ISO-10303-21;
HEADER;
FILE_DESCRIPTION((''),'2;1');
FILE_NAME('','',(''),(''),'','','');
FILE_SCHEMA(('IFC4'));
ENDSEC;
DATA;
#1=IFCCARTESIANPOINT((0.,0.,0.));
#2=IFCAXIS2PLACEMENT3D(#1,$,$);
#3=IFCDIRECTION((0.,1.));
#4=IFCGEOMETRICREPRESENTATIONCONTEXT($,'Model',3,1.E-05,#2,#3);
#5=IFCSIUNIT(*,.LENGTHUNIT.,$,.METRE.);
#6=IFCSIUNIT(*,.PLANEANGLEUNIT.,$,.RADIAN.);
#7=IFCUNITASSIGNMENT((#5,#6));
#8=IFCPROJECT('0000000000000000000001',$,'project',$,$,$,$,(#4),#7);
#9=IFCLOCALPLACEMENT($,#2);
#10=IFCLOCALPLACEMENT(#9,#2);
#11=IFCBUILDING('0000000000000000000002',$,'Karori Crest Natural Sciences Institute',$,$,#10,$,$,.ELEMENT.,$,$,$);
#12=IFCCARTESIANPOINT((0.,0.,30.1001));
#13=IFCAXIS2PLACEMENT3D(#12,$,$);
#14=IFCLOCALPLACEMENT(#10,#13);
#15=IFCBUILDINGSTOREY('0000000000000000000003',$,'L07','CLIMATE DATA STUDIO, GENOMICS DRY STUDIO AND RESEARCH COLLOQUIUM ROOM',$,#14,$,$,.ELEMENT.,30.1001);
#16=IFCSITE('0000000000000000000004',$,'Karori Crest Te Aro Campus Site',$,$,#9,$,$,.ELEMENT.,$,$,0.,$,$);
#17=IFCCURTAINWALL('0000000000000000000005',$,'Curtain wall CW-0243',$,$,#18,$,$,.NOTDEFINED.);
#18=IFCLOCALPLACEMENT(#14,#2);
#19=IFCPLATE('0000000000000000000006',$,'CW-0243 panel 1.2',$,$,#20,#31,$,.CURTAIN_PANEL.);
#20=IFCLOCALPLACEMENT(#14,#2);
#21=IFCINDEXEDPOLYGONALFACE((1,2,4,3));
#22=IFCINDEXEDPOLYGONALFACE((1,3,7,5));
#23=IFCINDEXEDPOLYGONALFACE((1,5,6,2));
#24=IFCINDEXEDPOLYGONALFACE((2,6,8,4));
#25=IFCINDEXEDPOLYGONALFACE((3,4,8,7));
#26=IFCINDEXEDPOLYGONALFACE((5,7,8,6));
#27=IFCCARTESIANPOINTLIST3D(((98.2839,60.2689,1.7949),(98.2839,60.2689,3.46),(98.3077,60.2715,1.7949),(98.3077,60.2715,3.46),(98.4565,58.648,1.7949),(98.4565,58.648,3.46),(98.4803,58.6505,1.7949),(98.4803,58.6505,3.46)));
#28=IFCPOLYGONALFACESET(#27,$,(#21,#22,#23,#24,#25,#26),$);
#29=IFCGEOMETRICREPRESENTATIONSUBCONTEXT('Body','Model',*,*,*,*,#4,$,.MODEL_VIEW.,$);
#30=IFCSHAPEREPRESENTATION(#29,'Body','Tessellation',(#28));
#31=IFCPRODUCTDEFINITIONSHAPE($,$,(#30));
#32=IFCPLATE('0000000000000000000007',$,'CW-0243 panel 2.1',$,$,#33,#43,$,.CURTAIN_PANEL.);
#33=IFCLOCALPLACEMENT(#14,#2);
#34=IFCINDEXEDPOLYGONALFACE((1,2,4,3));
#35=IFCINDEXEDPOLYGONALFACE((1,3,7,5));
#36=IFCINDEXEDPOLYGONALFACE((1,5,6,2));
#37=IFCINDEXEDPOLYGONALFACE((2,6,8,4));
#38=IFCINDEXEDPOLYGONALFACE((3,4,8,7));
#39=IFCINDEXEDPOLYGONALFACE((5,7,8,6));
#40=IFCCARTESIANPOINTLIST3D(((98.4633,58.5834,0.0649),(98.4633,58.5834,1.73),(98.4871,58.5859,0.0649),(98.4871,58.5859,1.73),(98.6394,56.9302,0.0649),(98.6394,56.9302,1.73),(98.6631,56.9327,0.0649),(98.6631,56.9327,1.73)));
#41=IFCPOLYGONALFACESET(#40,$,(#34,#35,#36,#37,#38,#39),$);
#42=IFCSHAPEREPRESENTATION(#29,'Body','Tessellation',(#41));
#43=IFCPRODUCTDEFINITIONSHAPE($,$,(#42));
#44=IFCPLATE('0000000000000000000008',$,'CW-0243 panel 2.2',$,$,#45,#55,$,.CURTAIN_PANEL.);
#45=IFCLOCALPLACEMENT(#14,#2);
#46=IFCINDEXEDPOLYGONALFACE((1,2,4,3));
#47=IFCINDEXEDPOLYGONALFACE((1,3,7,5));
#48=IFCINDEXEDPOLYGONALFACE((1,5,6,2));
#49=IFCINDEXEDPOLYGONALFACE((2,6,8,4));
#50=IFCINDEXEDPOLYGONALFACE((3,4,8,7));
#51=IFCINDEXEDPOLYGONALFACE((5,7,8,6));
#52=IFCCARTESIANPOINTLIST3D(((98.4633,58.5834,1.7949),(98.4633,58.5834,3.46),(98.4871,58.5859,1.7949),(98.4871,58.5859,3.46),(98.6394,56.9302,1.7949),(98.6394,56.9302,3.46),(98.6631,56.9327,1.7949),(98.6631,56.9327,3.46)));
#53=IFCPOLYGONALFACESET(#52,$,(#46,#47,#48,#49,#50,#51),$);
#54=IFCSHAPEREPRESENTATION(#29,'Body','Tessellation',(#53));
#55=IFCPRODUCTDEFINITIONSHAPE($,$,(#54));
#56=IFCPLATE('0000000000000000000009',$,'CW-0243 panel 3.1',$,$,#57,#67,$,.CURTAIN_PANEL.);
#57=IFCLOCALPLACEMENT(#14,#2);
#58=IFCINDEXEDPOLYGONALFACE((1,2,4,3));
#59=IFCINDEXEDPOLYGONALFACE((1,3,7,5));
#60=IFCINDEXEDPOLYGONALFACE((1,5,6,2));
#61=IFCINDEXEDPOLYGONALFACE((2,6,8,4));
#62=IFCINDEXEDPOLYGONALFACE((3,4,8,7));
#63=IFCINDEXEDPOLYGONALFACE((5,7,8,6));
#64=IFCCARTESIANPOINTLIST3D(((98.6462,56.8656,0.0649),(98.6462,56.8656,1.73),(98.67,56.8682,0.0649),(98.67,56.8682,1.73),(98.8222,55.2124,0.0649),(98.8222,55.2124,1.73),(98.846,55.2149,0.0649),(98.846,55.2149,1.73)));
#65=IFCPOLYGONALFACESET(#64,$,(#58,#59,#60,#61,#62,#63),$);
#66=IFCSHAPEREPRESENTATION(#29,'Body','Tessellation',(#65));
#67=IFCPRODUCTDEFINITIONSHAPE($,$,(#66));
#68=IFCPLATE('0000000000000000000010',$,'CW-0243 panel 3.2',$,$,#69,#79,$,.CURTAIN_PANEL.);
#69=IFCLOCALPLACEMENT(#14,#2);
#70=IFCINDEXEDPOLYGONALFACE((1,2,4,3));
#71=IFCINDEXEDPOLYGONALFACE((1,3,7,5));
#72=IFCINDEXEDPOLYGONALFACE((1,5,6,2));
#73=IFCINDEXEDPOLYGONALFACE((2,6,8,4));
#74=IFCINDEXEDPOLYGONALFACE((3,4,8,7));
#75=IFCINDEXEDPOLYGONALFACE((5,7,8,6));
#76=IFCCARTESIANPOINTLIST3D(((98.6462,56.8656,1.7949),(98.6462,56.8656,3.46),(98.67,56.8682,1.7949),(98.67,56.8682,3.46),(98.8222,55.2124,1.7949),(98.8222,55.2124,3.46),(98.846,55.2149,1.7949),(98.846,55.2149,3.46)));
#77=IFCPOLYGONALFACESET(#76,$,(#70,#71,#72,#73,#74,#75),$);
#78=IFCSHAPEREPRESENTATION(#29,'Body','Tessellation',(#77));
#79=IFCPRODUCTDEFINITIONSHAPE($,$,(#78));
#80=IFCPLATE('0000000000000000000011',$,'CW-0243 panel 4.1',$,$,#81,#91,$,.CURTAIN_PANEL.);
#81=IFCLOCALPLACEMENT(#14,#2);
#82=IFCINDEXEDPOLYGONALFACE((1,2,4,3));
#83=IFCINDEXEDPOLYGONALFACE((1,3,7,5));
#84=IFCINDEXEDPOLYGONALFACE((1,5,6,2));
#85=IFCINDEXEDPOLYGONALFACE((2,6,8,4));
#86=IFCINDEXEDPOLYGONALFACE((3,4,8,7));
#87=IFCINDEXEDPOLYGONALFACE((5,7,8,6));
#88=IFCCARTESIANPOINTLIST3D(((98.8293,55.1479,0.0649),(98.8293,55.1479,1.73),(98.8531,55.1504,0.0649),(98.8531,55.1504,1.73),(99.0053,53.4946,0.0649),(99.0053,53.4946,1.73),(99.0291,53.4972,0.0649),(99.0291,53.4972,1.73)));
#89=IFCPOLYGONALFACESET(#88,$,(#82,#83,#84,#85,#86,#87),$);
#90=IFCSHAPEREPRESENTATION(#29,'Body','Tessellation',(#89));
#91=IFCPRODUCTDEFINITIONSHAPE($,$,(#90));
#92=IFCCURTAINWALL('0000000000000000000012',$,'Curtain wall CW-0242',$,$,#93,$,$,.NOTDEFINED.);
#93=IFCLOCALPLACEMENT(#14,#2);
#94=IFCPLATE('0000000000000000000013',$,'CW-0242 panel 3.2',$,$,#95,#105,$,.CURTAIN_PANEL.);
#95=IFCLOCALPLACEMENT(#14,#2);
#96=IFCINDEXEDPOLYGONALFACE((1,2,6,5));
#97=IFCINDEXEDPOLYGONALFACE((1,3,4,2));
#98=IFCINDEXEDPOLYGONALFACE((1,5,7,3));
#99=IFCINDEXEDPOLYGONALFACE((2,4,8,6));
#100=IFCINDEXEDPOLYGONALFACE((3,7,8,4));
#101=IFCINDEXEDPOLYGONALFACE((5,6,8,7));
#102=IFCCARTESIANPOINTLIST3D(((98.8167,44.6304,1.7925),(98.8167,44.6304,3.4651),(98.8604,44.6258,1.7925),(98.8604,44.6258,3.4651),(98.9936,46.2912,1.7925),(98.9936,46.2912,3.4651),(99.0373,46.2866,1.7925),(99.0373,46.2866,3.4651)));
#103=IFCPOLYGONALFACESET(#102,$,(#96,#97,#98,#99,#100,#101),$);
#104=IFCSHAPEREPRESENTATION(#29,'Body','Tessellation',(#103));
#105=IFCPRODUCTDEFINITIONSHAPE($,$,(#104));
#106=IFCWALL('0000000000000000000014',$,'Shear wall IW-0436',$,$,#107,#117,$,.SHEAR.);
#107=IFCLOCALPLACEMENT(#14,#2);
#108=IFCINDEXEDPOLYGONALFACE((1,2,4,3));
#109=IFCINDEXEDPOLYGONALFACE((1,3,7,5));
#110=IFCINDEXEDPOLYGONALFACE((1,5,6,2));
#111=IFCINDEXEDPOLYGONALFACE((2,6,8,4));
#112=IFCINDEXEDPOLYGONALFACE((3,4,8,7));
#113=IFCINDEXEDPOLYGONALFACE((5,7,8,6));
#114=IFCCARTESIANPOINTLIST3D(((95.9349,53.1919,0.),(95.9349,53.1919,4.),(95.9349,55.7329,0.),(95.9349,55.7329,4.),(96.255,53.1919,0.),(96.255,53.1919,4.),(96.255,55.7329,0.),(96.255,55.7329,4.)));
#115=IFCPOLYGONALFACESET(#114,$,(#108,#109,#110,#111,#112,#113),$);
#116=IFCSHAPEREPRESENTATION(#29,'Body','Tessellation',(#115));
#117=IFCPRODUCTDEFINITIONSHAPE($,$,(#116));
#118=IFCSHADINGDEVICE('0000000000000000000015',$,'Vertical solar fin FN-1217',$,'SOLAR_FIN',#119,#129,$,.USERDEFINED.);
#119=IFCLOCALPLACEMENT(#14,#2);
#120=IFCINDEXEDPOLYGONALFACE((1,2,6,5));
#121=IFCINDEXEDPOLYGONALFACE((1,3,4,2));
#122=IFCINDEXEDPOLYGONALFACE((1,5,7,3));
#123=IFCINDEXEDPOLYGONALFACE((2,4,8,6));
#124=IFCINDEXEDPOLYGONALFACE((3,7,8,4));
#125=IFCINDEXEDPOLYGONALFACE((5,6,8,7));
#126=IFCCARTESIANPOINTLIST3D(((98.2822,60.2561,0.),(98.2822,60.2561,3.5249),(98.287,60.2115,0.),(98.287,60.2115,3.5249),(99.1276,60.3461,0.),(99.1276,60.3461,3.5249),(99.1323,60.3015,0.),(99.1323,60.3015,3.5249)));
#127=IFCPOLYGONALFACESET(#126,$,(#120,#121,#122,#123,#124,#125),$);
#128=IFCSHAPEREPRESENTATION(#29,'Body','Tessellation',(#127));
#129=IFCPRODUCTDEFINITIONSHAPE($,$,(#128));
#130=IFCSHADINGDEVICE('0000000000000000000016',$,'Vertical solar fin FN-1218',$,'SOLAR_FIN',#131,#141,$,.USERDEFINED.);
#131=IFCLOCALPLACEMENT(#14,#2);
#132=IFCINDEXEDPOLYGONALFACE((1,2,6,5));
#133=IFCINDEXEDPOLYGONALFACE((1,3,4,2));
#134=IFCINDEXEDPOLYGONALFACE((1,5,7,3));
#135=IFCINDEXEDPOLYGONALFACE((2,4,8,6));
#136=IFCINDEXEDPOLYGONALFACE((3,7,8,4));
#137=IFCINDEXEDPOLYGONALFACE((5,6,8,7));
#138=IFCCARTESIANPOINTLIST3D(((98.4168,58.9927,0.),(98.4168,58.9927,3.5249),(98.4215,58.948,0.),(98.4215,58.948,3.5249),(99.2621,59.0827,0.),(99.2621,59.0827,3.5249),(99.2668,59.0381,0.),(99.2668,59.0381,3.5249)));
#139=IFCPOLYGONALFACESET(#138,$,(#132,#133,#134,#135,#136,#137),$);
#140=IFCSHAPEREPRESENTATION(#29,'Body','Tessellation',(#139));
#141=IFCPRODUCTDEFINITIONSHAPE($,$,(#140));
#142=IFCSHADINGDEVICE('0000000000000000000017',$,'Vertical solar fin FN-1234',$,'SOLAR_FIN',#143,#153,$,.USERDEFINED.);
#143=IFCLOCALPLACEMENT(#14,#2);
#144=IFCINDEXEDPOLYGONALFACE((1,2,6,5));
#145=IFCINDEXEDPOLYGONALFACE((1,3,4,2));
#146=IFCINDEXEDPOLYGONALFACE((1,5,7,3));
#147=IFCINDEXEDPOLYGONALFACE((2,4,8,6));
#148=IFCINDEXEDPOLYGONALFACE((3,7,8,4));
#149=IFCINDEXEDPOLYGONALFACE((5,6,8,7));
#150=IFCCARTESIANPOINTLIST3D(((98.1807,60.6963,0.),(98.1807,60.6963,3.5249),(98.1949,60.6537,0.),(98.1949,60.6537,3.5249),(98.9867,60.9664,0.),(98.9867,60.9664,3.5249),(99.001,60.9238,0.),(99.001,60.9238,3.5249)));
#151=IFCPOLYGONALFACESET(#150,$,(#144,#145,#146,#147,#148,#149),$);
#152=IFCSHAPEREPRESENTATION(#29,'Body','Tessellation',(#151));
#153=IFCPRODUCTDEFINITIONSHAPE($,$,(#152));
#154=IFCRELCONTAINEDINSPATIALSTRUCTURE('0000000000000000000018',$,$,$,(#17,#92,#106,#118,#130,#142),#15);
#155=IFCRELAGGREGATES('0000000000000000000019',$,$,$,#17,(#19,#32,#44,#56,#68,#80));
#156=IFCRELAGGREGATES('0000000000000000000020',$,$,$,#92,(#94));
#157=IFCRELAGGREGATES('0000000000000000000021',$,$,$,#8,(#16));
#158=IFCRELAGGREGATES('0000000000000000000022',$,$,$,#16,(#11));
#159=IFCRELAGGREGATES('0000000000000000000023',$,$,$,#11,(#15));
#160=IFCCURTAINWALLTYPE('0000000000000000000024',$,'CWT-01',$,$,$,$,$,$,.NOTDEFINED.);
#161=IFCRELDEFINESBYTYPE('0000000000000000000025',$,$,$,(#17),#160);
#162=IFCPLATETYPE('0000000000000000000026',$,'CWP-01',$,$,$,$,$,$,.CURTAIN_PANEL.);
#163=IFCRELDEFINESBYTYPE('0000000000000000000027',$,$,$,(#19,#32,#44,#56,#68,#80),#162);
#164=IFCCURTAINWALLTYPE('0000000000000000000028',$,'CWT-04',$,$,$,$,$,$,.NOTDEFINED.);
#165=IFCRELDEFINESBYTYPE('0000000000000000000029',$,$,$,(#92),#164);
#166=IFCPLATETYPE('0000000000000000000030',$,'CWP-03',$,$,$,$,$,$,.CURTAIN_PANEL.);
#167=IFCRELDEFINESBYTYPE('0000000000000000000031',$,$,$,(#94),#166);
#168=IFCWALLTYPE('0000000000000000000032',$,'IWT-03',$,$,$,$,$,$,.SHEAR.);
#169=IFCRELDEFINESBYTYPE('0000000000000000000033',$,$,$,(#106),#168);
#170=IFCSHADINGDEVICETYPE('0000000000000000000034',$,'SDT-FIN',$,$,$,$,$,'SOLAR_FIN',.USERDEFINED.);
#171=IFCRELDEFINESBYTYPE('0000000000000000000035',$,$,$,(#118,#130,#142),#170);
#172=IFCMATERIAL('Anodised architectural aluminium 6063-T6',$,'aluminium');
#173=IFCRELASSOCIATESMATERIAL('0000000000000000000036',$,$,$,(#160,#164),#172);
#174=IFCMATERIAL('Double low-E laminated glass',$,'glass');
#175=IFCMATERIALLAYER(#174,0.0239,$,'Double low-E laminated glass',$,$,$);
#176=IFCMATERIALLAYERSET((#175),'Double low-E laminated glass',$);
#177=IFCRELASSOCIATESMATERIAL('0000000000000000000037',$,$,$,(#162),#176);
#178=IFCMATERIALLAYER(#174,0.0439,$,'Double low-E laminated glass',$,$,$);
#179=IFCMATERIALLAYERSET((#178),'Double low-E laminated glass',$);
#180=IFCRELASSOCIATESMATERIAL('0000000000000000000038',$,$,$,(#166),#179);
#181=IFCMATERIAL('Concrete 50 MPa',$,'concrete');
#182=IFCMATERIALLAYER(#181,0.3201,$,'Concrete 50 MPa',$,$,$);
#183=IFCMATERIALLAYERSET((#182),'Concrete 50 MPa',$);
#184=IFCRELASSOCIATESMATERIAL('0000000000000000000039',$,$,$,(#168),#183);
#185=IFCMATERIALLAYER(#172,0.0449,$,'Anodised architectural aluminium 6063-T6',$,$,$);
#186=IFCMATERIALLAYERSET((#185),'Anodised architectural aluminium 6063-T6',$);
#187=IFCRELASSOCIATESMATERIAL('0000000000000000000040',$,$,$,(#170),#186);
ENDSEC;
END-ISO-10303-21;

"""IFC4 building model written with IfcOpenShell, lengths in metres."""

from ifc_helpers import new_model, si_unit, direction, frame, frame_2d, origin, origin_2d, place, context, subcontext, project, spatial, rectangle, extrude, material, layer, layer_set, type_object, element, aggregate, save


model = new_model("IFC4")

# Units and contexts
model_context = context("Model", 3, precision=1e-05, world=origin(), true_north=direction((0.0, 1.0)))
body_context = subcontext(model_context, "Body", "Model", "MODEL_VIEW")
ifc_project = project(units=[si_unit("LENGTHUNIT", "METRE"), si_unit("PLANEANGLEUNIT", "RADIAN")], contexts=[model_context])

# Site, building, storey
site_placement = place(None, origin())
site = spatial("IfcSite", under=ifc_project, at=site_placement, Name="Karori Crest Te Aro Campus Site", CompositionType="ELEMENT", RefElevation=0.0)
building_placement = place(site_placement, origin())
building = spatial("IfcBuilding", under=site, at=building_placement, Name="Karori Crest Natural Sciences Institute", CompositionType="ELEMENT")
storey_placement = place(building_placement, frame((0.0, 0.0, 30.1001)))
storey = spatial("IfcBuildingStorey", under=building, at=storey_placement, Name="L07", Description="CLIMATE DATA STUDIO, GENOMICS DRY STUDIO AND RESEARCH COLLOQUIUM ROOM", CompositionType="ELEMENT", Elevation=30.1001)

# Curtain wall
ifc_material_1 = material(Name="Anodised architectural aluminium 6063-T6", Category="aluminium")
curtain_wall_type_1 = type_object("IfcCurtainWallType", Name="CWT-01", PredefinedType="NOTDEFINED", material=ifc_material_1)
curtain_wall_1_placement = place(storey_placement, origin())
curtain_wall_1 = element("IfcCurtainWall", 1, at=curtain_wall_1_placement, inside=storey, type_object=curtain_wall_type_1, Name="Curtain wall CW-0243", PredefinedType="NOTDEFINED")

# Plates
ifc_material_2 = material(Name="Double low-E laminated glass", Category="glass")
ifc_layer_1 = layer(ifc_material_2, 0.0239, Name="Double low-E laminated glass")
ifc_layer_set_1 = layer_set([ifc_layer_1], Name="Double low-E laminated glass")
plate_type_1 = type_object("IfcPlateType", Name="CWP-01", PredefinedType="CURTAIN_PANEL", material=ifc_layer_set_1)
plate_1_placement = place(storey_placement, frame((98.3821, 59.4597, 1.7949), z_axis=(0.0, 0.0, 1.0), x_axis=(0.105884, -0.994378, 0.0)))
plate_1 = element("IfcPlate", 2, at=plate_1_placement, type_object=plate_type_1, Name="CW-0243 panel 1.2", PredefinedType="CURTAIN_PANEL", context=body_context, shape_type="SweptSolid", body=[
    extrude(rectangle(XDim=1.6301, YDim=0.0239, at=origin_2d()), origin(), (0.0, 0.0, 1.0), 1.665),
])
plate_2_placement = place(storey_placement, frame((98.5632, 57.7581, 0.0649), z_axis=(0.0, 0.0, 1.0), x_axis=(0.105884, -0.994378, 0.0)))
plate_2 = element("IfcPlate", 3, at=plate_2_placement, type_object=plate_type_1, Name="CW-0243 panel 2.1", PredefinedType="CURTAIN_PANEL", context=body_context, shape_type="SweptSolid", body=[
    extrude(rectangle(XDim=1.6626, YDim=0.0239, at=origin_2d()), origin(), (0.0, 0.0, 1.0), 1.665),
])
plate_3_placement = place(storey_placement, frame((98.5632, 57.7581, 1.7949), z_axis=(0.0, 0.0, 1.0), x_axis=(0.105884, -0.994378, 0.0)))
plate_3 = element("IfcPlate", 4, at=plate_3_placement, type_object=plate_type_1, Name="CW-0243 panel 2.2", PredefinedType="CURTAIN_PANEL", context=body_context, shape_type="SweptSolid", body=[
    extrude(rectangle(XDim=1.6626, YDim=0.0239, at=origin_2d()), origin(), (0.0, 0.0, 1.0), 1.665),
])
plate_4_placement = place(storey_placement, frame((98.7461, 56.0403, 0.0649), z_axis=(0.0, 0.0, 1.0), x_axis=(0.105884, -0.994378, 0.0)))
plate_4 = element("IfcPlate", 5, at=plate_4_placement, type_object=plate_type_1, Name="CW-0243 panel 3.1", PredefinedType="CURTAIN_PANEL", context=body_context, shape_type="SweptSolid", body=[
    extrude(rectangle(XDim=1.6626, YDim=0.0239, at=origin_2d()), origin(), (0.0, 0.0, 1.0), 1.665),
])
plate_5_placement = place(storey_placement, frame((98.7461, 56.0403, 1.7949), z_axis=(0.0, 0.0, 1.0), x_axis=(0.105884, -0.994378, 0.0)))
plate_5 = element("IfcPlate", 6, at=plate_5_placement, type_object=plate_type_1, Name="CW-0243 panel 3.2", PredefinedType="CURTAIN_PANEL", context=body_context, shape_type="SweptSolid", body=[
    extrude(rectangle(XDim=1.6626, YDim=0.0239, at=origin_2d()), origin(), (0.0, 0.0, 1.0), 1.665),
])
plate_6_placement = place(storey_placement, frame((98.9292, 54.3225, 0.0649), z_axis=(0.0, 0.0, 1.0), x_axis=(0.105884, -0.994378, 0.0)))
plate_6 = element("IfcPlate", 7, at=plate_6_placement, type_object=plate_type_1, Name="CW-0243 panel 4.1", PredefinedType="CURTAIN_PANEL", context=body_context, shape_type="SweptSolid", body=[
    extrude(rectangle(XDim=1.6626, YDim=0.0239, at=origin_2d()), origin(), (0.0, 0.0, 1.0), 1.665),
])
aggregate(curtain_wall_1, [plate_1, plate_2, plate_3, plate_4, plate_5, plate_6])

# Curtain wall, plate
curtain_wall_type_2 = type_object("IfcCurtainWallType", Name="CWT-04", PredefinedType="NOTDEFINED", material=ifc_material_1)
curtain_wall_2_placement = place(storey_placement, origin())
curtain_wall_2 = element("IfcCurtainWall", 8, at=curtain_wall_2_placement, inside=storey, type_object=curtain_wall_type_2, Name="Curtain wall CW-0242", PredefinedType="NOTDEFINED")
ifc_layer_2 = layer(ifc_material_2, 0.0439, Name="Double low-E laminated glass")
ifc_layer_set_2 = layer_set([ifc_layer_2], Name="Double low-E laminated glass")
plate_type_2 = type_object("IfcPlateType", Name="CWP-03", PredefinedType="CURTAIN_PANEL", material=ifc_layer_set_2)
plate_7_placement = place(storey_placement, frame((98.927, 45.4585, 1.7925), z_axis=(0.0, 0.0, 1.0), x_axis=(-0.105886, -0.994378, 0.0)))
plate_7 = element("IfcPlate", 9, at=plate_7_placement, type_object=plate_type_2, Name="CW-0242 panel 3.2", PredefinedType="CURTAIN_PANEL", context=body_context, shape_type="SweptSolid", body=[
    extrude(rectangle(XDim=1.6702, YDim=0.0439, at=origin_2d()), origin(), (0.0, 0.0, 1.0), 1.6726),
])
aggregate(curtain_wall_2, [plate_7])

# Wall
ifc_material_3 = material(Name="Concrete 50 MPa", Category="concrete")
ifc_layer_3 = layer(ifc_material_3, 0.3201, Name="Concrete 50 MPa")
ifc_layer_set_3 = layer_set([ifc_layer_3], Name="Concrete 50 MPa")
wall_type = type_object("IfcWallType", Name="IWT-03", PredefinedType="SHEAR", material=ifc_layer_set_3)
wall_placement = place(storey_placement, frame((96.095, 53.1919, 0.0), z_axis=(0.0, 0.0, 1.0), x_axis=(0.0, 1.0, 0.0)))
element("IfcWall", 10, at=wall_placement, inside=storey, type_object=wall_type, Name="Shear wall IW-0436", PredefinedType="SHEAR", context=body_context, shape_type="SweptSolid", body=[
    extrude(rectangle(XDim=2.541, YDim=0.3201, at=frame_2d((1.2705, 0.0))), origin(), (0.0, 0.0, 1.0), 4.0),
])

# Shading devices
ifc_layer_4 = layer(ifc_material_1, 0.0449, Name="Anodised architectural aluminium 6063-T6")
ifc_layer_set_4 = layer_set([ifc_layer_4], Name="Anodised architectural aluminium 6063-T6")
shading_device_type = type_object("IfcShadingDeviceType", Name="SDT-FIN", ElementType="SOLAR_FIN", PredefinedType="USERDEFINED", material=ifc_layer_set_4)
for number, where, z_axis, x_axis, name in (
    (11, (98.7073, 60.2788, 0.0), (0.0, 0.0, 1.0), (0.994378, 0.105884, 0.0), "Vertical solar fin FN-1217"),
    (12, (98.8418, 59.0154, 0.0), (0.0, 0.0, 1.0), (0.994378, 0.105884, 0.0), "Vertical solar fin FN-1218"),
    (13, (98.5908, 60.8101, 0.0), (0.0, 0.0, 1.0), (0.948198, 0.31768, 0.0), "Vertical solar fin FN-1234"),
):
    element("IfcShadingDevice", number, at=place(storey_placement, frame(where, z_axis=z_axis, x_axis=x_axis)), inside=storey, type_object=shading_device_type, Name=name, ObjectType="SOLAR_FIN", PredefinedType="USERDEFINED", context=body_context, shape_type="SweptSolid", body=[
        extrude(rectangle(XDim=0.8501, YDim=0.0449, at=origin_2d()), origin(), (0.0, 0.0, 1.0), 3.5249),
    ])

save(model, "model.ifc")
